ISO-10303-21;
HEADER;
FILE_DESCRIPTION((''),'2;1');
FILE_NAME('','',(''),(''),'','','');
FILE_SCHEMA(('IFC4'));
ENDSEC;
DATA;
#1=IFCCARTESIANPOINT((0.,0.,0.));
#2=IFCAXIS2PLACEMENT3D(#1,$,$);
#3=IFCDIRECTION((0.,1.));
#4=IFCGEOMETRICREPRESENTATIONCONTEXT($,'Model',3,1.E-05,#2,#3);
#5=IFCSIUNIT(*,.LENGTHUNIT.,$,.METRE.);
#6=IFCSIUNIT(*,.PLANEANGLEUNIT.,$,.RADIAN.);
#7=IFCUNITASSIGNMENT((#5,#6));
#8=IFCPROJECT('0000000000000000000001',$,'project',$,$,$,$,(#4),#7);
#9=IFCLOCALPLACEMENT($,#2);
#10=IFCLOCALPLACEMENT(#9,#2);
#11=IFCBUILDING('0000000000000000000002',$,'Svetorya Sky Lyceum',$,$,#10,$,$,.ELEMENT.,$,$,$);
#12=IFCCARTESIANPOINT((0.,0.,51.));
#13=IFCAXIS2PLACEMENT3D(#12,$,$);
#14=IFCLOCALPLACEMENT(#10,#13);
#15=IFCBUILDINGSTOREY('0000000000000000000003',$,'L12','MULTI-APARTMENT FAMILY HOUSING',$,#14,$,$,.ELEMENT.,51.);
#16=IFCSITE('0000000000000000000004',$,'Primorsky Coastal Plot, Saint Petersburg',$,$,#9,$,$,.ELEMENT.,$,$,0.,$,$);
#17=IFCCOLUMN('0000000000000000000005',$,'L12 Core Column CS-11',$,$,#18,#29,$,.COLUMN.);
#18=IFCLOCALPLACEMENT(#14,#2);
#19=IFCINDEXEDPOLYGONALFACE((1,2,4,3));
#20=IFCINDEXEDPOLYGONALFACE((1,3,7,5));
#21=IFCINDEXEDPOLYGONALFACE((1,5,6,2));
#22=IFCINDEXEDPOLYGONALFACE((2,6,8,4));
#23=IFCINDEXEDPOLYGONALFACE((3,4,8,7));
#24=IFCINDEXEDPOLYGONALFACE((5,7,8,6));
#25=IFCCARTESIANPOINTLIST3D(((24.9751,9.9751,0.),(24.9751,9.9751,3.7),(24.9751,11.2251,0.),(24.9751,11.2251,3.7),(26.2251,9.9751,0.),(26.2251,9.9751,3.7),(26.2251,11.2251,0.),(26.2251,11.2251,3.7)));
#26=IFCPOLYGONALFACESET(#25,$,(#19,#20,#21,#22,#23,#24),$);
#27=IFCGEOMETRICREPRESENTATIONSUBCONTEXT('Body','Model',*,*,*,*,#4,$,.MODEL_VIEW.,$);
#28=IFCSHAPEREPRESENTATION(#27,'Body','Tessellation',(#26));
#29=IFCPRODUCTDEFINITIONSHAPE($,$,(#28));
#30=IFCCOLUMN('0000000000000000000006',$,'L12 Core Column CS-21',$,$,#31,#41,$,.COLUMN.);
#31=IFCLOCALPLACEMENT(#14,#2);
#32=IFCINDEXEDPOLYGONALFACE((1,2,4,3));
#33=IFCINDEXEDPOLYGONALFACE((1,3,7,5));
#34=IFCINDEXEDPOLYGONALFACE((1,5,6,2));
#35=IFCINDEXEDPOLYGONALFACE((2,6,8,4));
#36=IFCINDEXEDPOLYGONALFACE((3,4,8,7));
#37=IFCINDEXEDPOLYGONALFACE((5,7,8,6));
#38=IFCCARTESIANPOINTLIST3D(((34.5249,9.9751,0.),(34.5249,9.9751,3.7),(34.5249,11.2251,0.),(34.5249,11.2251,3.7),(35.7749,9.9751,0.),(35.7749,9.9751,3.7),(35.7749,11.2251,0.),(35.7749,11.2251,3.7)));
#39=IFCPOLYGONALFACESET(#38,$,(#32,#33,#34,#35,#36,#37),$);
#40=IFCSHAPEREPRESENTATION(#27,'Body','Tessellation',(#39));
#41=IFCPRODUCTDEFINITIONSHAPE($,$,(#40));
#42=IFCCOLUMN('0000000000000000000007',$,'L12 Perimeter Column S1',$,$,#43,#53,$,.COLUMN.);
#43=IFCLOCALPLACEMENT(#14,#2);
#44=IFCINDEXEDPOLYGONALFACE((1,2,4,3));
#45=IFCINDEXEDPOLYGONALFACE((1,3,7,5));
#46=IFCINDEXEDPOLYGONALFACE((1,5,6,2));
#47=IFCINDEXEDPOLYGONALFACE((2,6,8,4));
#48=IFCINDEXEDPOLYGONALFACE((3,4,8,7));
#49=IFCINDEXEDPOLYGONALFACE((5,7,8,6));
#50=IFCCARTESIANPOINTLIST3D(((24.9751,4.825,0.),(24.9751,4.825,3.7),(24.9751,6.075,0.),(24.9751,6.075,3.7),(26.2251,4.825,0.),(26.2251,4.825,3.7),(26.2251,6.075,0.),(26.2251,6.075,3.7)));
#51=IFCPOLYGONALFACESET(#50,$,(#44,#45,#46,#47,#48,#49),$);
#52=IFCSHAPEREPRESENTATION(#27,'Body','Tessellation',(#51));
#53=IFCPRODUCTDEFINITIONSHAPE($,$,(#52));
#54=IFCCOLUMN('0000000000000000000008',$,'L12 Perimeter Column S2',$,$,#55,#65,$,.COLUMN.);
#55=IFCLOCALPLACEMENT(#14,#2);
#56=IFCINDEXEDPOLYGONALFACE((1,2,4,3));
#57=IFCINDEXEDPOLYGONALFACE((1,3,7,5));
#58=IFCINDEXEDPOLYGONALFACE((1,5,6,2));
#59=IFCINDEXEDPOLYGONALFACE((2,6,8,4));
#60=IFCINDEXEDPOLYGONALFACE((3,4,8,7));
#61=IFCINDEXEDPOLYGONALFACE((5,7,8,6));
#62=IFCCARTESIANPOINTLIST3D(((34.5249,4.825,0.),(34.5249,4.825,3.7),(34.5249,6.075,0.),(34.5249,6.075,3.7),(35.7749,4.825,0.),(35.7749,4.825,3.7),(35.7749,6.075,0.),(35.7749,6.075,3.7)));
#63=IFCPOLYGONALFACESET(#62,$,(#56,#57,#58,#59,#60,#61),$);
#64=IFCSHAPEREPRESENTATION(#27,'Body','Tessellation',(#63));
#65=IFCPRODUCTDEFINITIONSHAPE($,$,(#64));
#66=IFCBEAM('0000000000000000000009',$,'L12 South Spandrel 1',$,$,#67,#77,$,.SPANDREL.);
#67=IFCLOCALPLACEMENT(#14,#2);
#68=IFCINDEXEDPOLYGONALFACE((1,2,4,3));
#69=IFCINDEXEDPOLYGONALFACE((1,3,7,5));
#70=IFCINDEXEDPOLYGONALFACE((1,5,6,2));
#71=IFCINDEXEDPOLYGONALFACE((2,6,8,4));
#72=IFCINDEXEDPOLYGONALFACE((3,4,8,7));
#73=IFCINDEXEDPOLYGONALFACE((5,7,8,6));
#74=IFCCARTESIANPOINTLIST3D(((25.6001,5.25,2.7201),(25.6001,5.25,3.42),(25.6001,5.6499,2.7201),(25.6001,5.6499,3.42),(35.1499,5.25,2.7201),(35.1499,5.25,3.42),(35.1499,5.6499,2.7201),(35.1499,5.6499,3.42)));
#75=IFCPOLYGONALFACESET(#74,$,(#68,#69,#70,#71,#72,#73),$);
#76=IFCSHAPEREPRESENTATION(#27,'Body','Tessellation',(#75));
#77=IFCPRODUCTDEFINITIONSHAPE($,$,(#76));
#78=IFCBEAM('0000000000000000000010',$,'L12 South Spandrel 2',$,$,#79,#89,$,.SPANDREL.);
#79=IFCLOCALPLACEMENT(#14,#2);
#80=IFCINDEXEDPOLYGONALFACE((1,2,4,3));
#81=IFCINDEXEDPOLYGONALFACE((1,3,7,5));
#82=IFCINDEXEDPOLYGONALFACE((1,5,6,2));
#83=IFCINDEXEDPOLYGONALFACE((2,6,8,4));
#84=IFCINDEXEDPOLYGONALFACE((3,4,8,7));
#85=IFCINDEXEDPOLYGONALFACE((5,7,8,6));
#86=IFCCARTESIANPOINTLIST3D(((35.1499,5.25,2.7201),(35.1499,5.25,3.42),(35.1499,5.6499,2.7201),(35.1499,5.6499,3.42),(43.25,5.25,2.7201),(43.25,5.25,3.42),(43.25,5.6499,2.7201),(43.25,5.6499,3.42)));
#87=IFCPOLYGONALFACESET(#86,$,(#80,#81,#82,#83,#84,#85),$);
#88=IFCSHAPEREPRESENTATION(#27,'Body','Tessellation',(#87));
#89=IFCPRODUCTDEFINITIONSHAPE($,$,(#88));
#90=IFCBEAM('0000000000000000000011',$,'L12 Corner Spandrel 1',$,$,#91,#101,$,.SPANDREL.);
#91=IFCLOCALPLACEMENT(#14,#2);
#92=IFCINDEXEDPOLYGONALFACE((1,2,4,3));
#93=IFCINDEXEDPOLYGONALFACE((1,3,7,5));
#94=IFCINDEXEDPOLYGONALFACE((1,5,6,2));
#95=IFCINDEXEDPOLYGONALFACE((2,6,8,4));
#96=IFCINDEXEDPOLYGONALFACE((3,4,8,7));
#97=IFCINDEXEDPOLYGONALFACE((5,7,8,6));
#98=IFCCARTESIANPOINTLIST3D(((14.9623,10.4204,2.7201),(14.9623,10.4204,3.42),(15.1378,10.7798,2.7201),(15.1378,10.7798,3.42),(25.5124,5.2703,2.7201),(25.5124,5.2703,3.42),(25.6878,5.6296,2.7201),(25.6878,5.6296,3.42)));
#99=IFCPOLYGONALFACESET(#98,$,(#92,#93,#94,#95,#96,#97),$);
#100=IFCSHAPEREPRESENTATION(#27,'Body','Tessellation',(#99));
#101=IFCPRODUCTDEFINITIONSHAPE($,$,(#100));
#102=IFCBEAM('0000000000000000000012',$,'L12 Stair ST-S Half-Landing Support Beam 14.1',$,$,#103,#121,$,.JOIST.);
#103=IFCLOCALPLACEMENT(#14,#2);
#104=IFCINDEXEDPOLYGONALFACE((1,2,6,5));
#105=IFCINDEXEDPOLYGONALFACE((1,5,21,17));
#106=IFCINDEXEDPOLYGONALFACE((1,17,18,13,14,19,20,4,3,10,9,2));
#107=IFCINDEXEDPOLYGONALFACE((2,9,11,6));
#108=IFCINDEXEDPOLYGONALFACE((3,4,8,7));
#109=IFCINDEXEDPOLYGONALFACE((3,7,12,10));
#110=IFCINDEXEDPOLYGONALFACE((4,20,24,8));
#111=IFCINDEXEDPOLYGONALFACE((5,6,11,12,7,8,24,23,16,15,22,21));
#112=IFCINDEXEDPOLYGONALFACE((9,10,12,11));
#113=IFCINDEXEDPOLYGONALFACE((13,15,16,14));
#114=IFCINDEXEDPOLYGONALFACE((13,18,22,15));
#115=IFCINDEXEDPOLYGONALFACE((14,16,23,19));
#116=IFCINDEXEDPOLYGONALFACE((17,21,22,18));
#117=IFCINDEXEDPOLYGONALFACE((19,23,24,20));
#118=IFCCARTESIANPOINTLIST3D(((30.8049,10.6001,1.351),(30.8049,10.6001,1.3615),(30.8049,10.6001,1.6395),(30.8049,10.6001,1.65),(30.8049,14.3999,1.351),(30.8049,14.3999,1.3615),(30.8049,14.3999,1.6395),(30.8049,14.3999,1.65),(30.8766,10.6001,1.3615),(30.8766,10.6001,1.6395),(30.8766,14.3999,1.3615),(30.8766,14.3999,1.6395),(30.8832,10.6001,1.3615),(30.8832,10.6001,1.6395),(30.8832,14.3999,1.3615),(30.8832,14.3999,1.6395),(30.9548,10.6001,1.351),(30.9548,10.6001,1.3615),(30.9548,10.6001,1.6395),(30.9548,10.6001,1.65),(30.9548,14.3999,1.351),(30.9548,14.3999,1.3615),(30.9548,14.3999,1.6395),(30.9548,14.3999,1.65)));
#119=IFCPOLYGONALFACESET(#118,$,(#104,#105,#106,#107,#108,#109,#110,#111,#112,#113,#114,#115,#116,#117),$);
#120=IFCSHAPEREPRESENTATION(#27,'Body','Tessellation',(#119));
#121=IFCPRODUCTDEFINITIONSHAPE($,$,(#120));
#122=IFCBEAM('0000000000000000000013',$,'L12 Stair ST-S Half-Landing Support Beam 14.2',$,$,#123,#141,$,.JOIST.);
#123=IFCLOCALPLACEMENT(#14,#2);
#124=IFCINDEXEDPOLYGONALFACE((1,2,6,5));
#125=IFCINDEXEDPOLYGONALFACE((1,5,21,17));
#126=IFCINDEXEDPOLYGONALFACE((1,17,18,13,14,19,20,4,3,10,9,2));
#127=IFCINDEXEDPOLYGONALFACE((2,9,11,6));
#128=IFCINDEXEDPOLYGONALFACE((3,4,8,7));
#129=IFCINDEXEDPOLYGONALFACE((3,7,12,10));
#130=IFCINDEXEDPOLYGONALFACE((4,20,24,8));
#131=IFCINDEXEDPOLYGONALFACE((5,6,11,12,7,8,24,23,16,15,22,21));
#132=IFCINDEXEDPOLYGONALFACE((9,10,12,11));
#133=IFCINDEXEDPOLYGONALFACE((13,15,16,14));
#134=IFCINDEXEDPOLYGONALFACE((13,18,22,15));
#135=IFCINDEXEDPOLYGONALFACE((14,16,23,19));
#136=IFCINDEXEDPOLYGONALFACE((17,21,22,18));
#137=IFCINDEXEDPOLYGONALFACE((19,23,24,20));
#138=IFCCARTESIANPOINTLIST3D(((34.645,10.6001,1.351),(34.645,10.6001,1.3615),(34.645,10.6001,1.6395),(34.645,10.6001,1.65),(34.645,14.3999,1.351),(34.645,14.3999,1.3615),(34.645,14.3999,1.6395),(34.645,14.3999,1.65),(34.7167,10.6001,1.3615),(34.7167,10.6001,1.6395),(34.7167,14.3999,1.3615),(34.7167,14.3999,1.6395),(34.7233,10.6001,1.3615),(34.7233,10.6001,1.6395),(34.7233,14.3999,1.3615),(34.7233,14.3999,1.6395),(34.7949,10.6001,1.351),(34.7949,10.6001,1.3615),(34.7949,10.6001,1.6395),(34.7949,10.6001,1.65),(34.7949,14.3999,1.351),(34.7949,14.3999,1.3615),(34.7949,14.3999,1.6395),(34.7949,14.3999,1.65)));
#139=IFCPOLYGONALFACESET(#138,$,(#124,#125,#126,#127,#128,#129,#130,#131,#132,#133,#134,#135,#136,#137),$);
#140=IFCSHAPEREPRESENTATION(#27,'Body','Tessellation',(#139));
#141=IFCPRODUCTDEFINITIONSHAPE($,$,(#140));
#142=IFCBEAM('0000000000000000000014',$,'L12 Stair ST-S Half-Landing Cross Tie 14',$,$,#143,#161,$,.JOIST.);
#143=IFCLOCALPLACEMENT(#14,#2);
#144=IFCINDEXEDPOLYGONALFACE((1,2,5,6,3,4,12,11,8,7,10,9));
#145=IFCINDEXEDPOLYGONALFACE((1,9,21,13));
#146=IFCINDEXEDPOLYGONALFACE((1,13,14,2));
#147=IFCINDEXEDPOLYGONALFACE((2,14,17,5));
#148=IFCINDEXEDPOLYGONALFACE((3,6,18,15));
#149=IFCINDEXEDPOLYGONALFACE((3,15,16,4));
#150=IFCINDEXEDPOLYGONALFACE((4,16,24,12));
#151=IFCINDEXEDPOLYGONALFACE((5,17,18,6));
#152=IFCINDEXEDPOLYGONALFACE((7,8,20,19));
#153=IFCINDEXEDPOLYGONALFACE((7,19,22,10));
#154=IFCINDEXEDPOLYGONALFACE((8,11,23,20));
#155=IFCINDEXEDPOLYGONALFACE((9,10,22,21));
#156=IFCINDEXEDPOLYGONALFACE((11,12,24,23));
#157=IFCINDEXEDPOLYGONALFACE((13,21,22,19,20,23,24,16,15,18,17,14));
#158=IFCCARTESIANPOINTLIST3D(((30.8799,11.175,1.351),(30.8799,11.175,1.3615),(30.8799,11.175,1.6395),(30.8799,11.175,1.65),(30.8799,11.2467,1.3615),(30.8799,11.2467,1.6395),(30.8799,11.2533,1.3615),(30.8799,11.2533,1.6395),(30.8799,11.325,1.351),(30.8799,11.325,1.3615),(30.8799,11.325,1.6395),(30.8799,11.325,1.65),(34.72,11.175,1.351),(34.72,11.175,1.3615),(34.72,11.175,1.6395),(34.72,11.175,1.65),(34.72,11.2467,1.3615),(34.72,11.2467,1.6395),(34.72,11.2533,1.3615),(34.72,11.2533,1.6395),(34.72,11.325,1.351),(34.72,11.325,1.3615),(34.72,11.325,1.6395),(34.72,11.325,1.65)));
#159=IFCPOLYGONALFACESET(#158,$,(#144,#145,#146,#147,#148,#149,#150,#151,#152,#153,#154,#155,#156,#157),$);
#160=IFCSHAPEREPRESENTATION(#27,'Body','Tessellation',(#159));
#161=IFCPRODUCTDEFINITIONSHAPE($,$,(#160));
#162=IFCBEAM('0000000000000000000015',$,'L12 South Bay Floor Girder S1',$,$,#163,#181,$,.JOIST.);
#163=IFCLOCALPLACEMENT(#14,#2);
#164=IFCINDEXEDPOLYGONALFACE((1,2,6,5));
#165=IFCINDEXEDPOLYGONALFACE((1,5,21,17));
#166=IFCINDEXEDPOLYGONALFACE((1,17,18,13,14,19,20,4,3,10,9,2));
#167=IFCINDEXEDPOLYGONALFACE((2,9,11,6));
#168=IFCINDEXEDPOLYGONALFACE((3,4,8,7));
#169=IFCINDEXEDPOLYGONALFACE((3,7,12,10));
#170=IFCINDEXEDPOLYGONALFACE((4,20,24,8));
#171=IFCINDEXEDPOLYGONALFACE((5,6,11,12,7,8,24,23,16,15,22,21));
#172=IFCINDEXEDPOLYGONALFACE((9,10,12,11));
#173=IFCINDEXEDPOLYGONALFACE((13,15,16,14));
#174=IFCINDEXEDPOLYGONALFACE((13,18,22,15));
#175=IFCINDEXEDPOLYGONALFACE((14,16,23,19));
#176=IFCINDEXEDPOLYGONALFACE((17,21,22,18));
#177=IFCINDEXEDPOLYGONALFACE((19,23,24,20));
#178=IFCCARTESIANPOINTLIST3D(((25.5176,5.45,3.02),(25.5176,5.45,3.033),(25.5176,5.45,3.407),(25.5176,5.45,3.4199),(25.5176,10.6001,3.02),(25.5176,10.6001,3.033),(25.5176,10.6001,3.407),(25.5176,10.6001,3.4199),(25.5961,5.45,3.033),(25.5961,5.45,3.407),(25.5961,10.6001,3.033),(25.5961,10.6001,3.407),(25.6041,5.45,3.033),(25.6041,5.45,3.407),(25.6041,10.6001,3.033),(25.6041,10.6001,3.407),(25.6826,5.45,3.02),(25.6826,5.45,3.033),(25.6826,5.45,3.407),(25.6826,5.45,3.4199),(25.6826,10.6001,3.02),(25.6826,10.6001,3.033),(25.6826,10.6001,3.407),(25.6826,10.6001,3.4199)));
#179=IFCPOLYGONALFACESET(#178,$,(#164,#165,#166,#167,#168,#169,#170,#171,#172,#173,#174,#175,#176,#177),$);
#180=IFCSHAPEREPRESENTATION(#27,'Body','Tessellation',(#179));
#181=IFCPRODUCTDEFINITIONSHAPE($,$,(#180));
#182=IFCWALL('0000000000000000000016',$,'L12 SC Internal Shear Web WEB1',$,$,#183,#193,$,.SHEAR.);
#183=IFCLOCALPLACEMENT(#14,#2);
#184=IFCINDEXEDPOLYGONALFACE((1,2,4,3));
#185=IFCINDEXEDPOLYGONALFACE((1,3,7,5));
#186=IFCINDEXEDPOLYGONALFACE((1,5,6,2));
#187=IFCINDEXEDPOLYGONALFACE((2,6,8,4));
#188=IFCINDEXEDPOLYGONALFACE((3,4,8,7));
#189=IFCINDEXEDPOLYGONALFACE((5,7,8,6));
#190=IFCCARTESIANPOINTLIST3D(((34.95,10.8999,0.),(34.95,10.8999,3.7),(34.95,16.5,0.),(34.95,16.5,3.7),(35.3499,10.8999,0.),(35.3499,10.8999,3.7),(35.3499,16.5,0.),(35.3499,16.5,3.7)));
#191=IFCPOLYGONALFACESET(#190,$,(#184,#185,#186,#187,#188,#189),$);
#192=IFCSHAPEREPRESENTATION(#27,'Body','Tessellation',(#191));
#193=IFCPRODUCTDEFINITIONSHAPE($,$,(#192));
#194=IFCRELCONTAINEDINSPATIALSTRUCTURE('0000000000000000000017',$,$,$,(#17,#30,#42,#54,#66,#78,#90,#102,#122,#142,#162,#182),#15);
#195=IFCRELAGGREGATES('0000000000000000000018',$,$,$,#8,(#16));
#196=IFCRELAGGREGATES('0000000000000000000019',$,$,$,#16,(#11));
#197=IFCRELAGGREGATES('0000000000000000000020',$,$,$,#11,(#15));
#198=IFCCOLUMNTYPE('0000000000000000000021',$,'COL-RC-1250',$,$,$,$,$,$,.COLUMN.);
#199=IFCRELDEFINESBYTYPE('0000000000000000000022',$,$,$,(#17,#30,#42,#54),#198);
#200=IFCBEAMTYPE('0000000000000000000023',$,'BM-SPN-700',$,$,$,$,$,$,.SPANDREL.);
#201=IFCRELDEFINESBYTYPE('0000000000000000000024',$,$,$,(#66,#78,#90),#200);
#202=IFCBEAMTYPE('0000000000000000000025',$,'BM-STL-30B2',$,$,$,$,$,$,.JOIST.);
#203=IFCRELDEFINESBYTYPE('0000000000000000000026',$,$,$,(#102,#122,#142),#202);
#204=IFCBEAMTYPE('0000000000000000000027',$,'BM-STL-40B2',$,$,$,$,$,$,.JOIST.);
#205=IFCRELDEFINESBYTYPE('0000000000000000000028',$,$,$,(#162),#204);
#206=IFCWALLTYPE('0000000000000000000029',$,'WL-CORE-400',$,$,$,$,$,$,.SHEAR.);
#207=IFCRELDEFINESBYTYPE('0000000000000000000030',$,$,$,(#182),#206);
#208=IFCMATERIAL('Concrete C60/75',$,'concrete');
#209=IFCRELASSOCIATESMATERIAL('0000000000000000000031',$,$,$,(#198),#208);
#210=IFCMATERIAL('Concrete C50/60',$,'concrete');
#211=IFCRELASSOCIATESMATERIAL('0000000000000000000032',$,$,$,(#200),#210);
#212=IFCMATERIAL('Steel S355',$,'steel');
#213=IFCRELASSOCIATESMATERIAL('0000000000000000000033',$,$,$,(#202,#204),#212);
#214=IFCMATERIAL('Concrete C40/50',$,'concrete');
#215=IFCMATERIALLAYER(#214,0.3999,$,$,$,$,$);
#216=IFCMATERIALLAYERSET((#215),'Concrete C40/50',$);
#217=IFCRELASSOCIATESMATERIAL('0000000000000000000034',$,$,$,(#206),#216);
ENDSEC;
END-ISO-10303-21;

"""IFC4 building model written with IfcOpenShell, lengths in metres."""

from ifc_helpers import new_model, si_unit, direction, frame, frame_2d, origin, origin_2d, place, context, subcontext, project, spatial, rectangle, i_section, extrude, material, layer, layer_set, material_profile, profile_set, type_object, element, save


model = new_model("IFC4")

# Units and contexts
model_context = context("Model", 3, precision=1e-05, world=origin(), true_north=direction((0.0, 1.0)))
body_context = subcontext(model_context, "Body", "Model", "MODEL_VIEW")
ifc_project = project(units=[si_unit("LENGTHUNIT", "METRE"), si_unit("PLANEANGLEUNIT", "RADIAN")], contexts=[model_context])

# Site, building, storey
site_placement = place(None, origin())
site = spatial("IfcSite", under=ifc_project, at=site_placement, Name="Primorsky Coastal Plot, Saint Petersburg", CompositionType="ELEMENT", RefElevation=0.0)
building_placement = place(site_placement, origin())
building = spatial("IfcBuilding", under=site, at=building_placement, Name="Svetorya Sky Lyceum", CompositionType="ELEMENT")
storey_placement = place(building_placement, frame((0.0, 0.0, 51.0)))
storey = spatial("IfcBuildingStorey", under=building, at=storey_placement, Name="L12", Description="MULTI-APARTMENT FAMILY HOUSING", CompositionType="ELEMENT", Elevation=51.0)

# Columns
ifc_material_1 = material(Name="Concrete C60/75", Category="concrete")
ifc_material_profile_1 = material_profile(ifc_material_1, rectangle(XDim=1.25, YDim=1.25, at=origin_2d()), Name="RC COL 1250x1250")
ifc_profile_set_1 = profile_set([ifc_material_profile_1], Name="Concrete C60/75")
column_type = type_object("IfcColumnType", Name="COL-RC-1250", PredefinedType="COLUMN", material=ifc_profile_set_1)
for number, where, z_axis, x_axis, name in (
    (1, (25.6001, 10.6001, 0.0), (0.0, 0.0, 1.0), (1.0, 0.0, 0.0), "L12 Core Column CS-11"),
    (2, (35.1499, 10.6001, 0.0), (0.0, 0.0, 1.0), (1.0, 0.0, 0.0), "L12 Core Column CS-21"),
    (3, (25.6001, 5.45, 0.0), (0.0, 0.0, 1.0), (1.0, 0.0, 0.0), "L12 Perimeter Column S1"),
    (4, (35.1499, 5.45, 0.0), (0.0, 0.0, 1.0), (1.0, 0.0, 0.0), "L12 Perimeter Column S2"),
):
    element("IfcColumn", number, at=place(storey_placement, frame(where, z_axis=z_axis, x_axis=x_axis)), inside=storey, type_object=column_type, Name=name, PredefinedType="COLUMN", context=body_context, shape_type="SweptSolid", body=[
        extrude(rectangle(XDim=1.25, YDim=1.25, at=origin_2d()), origin(), (0.0, 0.0, 1.0), 3.7),
    ])

# Beams
ifc_material_2 = material(Name="Concrete C50/60", Category="concrete")
ifc_material_profile_2 = material_profile(ifc_material_2, rectangle(XDim=0.3999, YDim=0.7, at=origin_2d()), Name="RC SPANDREL 400x700")
ifc_profile_set_2 = profile_set([ifc_material_profile_2], Name="Concrete C50/60")
beam_type_1 = type_object("IfcBeamType", Name="BM-SPN-700", PredefinedType="SPANDREL", material=ifc_profile_set_2)
beam_1_placement = place(storey_placement, frame((25.6001, 5.45, 3.0701), z_axis=(1.0, 0.0, 0.0), x_axis=(0.0, 1.0, 0.0)))
element("IfcBeam", 5, at=beam_1_placement, inside=storey, type_object=beam_type_1, Name="L12 South Spandrel 1", PredefinedType="SPANDREL", context=body_context, shape_type="SweptSolid", body=[
    extrude(rectangle(XDim=0.3999, YDim=0.7, at=origin_2d()), origin(), (0.0, 0.0, 1.0), 9.5498),
])
beam_2_placement = place(storey_placement, frame((35.1499, 5.45, 3.0701), z_axis=(1.0, 0.0, 0.0), x_axis=(0.0, 1.0, 0.0)))
element("IfcBeam", 6, at=beam_2_placement, inside=storey, type_object=beam_type_1, Name="L12 South Spandrel 2", PredefinedType="SPANDREL", context=body_context, shape_type="SweptSolid", body=[
    extrude(rectangle(XDim=0.3999, YDim=0.7, at=origin_2d()), origin(), (0.0, 0.0, 1.0), 8.1001),
])
beam_3_placement = place(storey_placement, frame((25.6001, 5.45, 3.0701), z_axis=(-0.898641, 0.438684, 0.0), x_axis=(-0.438684, -0.898641, 0.0)))
element("IfcBeam", 7, at=beam_3_placement, inside=storey, type_object=beam_type_1, Name="L12 Corner Spandrel 1", PredefinedType="SPANDREL", context=body_context, shape_type="SweptSolid", body=[
    extrude(rectangle(XDim=0.3999, YDim=0.7, at=origin_2d()), origin(), (0.0, 0.0, 1.0), 11.74),
])
ifc_material_3 = material(Name="Steel S355", Category="steel")
ifc_material_profile_3 = material_profile(ifc_material_3, i_section(OverallWidth=0.1499, OverallDepth=0.2991, WebThickness=0.0066, FlangeThickness=0.0105, at=origin_2d()), Name="GOST 30B2")
ifc_profile_set_3 = profile_set([ifc_material_profile_3], Name="Steel S355")
beam_type_2 = type_object("IfcBeamType", Name="BM-STL-30B2", PredefinedType="JOIST", material=ifc_profile_set_3)
for number, where, z_axis, x_axis, name in (
    (8, (30.8799, 10.6001, 1.5005), (0.0, 1.0, 0.0), (-1.0, 0.0, 0.0), "L12 Stair ST-S Half-Landing Support Beam 14.1"),
    (9, (34.72, 10.6001, 1.5005), (0.0, 1.0, 0.0), (-1.0, 0.0, 0.0), "L12 Stair ST-S Half-Landing Support Beam 14.2"),
):
    element("IfcBeam", number, at=place(storey_placement, frame(where, z_axis=z_axis, x_axis=x_axis)), inside=storey, type_object=beam_type_2, Name=name, PredefinedType="JOIST", context=body_context, shape_type="SweptSolid", body=[
        extrude(i_section(OverallWidth=0.1499, OverallDepth=0.2991, WebThickness=0.0066, FlangeThickness=0.0105, at=origin_2d()), origin(), (0.0, 0.0, 1.0), 3.7998),
    ])
beam_4_placement = place(storey_placement, frame((30.8799, 11.25, 1.5005), z_axis=(1.0, 0.0, 0.0), x_axis=(0.0, 1.0, 0.0)))
element("IfcBeam", 10, at=beam_4_placement, inside=storey, type_object=beam_type_2, Name="L12 Stair ST-S Half-Landing Cross Tie 14", PredefinedType="JOIST", context=body_context, shape_type="SweptSolid", body=[
    extrude(i_section(OverallWidth=0.1499, OverallDepth=0.2991, WebThickness=0.0066, FlangeThickness=0.0105, at=origin_2d()), origin(), (0.0, 0.0, 1.0), 3.8401),
])
ifc_material_profile_4 = material_profile(ifc_material_3, i_section(OverallWidth=0.165, OverallDepth=0.3999, WebThickness=0.0081, FlangeThickness=0.0129, at=origin_2d()), Name="GOST 40B2")
ifc_profile_set_4 = profile_set([ifc_material_profile_4], Name="Steel S355")
beam_type_3 = type_object("IfcBeamType", Name="BM-STL-40B2", PredefinedType="JOIST", material=ifc_profile_set_4)
beam_5_placement = place(storey_placement, frame((25.6001, 5.45, 3.22), z_axis=(0.0, 1.0, 0.0), x_axis=(-1.0, 0.0, 0.0)))
element("IfcBeam", 11, at=beam_5_placement, inside=storey, type_object=beam_type_3, Name="L12 South Bay Floor Girder S1", PredefinedType="JOIST", context=body_context, shape_type="SweptSolid", body=[
    extrude(i_section(OverallWidth=0.165, OverallDepth=0.3999, WebThickness=0.0081, FlangeThickness=0.0129, at=origin_2d()), origin(), (0.0, 0.0, 1.0), 5.1501),
])

# Wall
ifc_material_4 = material(Name="Concrete C40/50", Category="concrete")
ifc_layer_1 = layer(ifc_material_4, 0.3999)
ifc_layer_set_1 = layer_set([ifc_layer_1], Name="Concrete C40/50")
wall_type_1 = type_object("IfcWallType", Name="WL-CORE-400", PredefinedType="SHEAR", material=ifc_layer_set_1)
wall_1_placement = place(storey_placement, frame((35.1499, 10.8999, 0.0), z_axis=(0.0, 0.0, 1.0), x_axis=(0.0, 1.0, 0.0)))
element("IfcWall", 12, at=wall_1_placement, inside=storey, type_object=wall_type_1, Name="L12 SC Internal Shear Web WEB1", PredefinedType="SHEAR", context=body_context, shape_type="SweptSolid", body=[
    extrude(rectangle(XDim=5.6001, YDim=0.3999, at=frame_2d((2.8, 0.0))), origin(), (0.0, 0.0, 1.0), 3.7),
])

save(model, "model.ifc")
